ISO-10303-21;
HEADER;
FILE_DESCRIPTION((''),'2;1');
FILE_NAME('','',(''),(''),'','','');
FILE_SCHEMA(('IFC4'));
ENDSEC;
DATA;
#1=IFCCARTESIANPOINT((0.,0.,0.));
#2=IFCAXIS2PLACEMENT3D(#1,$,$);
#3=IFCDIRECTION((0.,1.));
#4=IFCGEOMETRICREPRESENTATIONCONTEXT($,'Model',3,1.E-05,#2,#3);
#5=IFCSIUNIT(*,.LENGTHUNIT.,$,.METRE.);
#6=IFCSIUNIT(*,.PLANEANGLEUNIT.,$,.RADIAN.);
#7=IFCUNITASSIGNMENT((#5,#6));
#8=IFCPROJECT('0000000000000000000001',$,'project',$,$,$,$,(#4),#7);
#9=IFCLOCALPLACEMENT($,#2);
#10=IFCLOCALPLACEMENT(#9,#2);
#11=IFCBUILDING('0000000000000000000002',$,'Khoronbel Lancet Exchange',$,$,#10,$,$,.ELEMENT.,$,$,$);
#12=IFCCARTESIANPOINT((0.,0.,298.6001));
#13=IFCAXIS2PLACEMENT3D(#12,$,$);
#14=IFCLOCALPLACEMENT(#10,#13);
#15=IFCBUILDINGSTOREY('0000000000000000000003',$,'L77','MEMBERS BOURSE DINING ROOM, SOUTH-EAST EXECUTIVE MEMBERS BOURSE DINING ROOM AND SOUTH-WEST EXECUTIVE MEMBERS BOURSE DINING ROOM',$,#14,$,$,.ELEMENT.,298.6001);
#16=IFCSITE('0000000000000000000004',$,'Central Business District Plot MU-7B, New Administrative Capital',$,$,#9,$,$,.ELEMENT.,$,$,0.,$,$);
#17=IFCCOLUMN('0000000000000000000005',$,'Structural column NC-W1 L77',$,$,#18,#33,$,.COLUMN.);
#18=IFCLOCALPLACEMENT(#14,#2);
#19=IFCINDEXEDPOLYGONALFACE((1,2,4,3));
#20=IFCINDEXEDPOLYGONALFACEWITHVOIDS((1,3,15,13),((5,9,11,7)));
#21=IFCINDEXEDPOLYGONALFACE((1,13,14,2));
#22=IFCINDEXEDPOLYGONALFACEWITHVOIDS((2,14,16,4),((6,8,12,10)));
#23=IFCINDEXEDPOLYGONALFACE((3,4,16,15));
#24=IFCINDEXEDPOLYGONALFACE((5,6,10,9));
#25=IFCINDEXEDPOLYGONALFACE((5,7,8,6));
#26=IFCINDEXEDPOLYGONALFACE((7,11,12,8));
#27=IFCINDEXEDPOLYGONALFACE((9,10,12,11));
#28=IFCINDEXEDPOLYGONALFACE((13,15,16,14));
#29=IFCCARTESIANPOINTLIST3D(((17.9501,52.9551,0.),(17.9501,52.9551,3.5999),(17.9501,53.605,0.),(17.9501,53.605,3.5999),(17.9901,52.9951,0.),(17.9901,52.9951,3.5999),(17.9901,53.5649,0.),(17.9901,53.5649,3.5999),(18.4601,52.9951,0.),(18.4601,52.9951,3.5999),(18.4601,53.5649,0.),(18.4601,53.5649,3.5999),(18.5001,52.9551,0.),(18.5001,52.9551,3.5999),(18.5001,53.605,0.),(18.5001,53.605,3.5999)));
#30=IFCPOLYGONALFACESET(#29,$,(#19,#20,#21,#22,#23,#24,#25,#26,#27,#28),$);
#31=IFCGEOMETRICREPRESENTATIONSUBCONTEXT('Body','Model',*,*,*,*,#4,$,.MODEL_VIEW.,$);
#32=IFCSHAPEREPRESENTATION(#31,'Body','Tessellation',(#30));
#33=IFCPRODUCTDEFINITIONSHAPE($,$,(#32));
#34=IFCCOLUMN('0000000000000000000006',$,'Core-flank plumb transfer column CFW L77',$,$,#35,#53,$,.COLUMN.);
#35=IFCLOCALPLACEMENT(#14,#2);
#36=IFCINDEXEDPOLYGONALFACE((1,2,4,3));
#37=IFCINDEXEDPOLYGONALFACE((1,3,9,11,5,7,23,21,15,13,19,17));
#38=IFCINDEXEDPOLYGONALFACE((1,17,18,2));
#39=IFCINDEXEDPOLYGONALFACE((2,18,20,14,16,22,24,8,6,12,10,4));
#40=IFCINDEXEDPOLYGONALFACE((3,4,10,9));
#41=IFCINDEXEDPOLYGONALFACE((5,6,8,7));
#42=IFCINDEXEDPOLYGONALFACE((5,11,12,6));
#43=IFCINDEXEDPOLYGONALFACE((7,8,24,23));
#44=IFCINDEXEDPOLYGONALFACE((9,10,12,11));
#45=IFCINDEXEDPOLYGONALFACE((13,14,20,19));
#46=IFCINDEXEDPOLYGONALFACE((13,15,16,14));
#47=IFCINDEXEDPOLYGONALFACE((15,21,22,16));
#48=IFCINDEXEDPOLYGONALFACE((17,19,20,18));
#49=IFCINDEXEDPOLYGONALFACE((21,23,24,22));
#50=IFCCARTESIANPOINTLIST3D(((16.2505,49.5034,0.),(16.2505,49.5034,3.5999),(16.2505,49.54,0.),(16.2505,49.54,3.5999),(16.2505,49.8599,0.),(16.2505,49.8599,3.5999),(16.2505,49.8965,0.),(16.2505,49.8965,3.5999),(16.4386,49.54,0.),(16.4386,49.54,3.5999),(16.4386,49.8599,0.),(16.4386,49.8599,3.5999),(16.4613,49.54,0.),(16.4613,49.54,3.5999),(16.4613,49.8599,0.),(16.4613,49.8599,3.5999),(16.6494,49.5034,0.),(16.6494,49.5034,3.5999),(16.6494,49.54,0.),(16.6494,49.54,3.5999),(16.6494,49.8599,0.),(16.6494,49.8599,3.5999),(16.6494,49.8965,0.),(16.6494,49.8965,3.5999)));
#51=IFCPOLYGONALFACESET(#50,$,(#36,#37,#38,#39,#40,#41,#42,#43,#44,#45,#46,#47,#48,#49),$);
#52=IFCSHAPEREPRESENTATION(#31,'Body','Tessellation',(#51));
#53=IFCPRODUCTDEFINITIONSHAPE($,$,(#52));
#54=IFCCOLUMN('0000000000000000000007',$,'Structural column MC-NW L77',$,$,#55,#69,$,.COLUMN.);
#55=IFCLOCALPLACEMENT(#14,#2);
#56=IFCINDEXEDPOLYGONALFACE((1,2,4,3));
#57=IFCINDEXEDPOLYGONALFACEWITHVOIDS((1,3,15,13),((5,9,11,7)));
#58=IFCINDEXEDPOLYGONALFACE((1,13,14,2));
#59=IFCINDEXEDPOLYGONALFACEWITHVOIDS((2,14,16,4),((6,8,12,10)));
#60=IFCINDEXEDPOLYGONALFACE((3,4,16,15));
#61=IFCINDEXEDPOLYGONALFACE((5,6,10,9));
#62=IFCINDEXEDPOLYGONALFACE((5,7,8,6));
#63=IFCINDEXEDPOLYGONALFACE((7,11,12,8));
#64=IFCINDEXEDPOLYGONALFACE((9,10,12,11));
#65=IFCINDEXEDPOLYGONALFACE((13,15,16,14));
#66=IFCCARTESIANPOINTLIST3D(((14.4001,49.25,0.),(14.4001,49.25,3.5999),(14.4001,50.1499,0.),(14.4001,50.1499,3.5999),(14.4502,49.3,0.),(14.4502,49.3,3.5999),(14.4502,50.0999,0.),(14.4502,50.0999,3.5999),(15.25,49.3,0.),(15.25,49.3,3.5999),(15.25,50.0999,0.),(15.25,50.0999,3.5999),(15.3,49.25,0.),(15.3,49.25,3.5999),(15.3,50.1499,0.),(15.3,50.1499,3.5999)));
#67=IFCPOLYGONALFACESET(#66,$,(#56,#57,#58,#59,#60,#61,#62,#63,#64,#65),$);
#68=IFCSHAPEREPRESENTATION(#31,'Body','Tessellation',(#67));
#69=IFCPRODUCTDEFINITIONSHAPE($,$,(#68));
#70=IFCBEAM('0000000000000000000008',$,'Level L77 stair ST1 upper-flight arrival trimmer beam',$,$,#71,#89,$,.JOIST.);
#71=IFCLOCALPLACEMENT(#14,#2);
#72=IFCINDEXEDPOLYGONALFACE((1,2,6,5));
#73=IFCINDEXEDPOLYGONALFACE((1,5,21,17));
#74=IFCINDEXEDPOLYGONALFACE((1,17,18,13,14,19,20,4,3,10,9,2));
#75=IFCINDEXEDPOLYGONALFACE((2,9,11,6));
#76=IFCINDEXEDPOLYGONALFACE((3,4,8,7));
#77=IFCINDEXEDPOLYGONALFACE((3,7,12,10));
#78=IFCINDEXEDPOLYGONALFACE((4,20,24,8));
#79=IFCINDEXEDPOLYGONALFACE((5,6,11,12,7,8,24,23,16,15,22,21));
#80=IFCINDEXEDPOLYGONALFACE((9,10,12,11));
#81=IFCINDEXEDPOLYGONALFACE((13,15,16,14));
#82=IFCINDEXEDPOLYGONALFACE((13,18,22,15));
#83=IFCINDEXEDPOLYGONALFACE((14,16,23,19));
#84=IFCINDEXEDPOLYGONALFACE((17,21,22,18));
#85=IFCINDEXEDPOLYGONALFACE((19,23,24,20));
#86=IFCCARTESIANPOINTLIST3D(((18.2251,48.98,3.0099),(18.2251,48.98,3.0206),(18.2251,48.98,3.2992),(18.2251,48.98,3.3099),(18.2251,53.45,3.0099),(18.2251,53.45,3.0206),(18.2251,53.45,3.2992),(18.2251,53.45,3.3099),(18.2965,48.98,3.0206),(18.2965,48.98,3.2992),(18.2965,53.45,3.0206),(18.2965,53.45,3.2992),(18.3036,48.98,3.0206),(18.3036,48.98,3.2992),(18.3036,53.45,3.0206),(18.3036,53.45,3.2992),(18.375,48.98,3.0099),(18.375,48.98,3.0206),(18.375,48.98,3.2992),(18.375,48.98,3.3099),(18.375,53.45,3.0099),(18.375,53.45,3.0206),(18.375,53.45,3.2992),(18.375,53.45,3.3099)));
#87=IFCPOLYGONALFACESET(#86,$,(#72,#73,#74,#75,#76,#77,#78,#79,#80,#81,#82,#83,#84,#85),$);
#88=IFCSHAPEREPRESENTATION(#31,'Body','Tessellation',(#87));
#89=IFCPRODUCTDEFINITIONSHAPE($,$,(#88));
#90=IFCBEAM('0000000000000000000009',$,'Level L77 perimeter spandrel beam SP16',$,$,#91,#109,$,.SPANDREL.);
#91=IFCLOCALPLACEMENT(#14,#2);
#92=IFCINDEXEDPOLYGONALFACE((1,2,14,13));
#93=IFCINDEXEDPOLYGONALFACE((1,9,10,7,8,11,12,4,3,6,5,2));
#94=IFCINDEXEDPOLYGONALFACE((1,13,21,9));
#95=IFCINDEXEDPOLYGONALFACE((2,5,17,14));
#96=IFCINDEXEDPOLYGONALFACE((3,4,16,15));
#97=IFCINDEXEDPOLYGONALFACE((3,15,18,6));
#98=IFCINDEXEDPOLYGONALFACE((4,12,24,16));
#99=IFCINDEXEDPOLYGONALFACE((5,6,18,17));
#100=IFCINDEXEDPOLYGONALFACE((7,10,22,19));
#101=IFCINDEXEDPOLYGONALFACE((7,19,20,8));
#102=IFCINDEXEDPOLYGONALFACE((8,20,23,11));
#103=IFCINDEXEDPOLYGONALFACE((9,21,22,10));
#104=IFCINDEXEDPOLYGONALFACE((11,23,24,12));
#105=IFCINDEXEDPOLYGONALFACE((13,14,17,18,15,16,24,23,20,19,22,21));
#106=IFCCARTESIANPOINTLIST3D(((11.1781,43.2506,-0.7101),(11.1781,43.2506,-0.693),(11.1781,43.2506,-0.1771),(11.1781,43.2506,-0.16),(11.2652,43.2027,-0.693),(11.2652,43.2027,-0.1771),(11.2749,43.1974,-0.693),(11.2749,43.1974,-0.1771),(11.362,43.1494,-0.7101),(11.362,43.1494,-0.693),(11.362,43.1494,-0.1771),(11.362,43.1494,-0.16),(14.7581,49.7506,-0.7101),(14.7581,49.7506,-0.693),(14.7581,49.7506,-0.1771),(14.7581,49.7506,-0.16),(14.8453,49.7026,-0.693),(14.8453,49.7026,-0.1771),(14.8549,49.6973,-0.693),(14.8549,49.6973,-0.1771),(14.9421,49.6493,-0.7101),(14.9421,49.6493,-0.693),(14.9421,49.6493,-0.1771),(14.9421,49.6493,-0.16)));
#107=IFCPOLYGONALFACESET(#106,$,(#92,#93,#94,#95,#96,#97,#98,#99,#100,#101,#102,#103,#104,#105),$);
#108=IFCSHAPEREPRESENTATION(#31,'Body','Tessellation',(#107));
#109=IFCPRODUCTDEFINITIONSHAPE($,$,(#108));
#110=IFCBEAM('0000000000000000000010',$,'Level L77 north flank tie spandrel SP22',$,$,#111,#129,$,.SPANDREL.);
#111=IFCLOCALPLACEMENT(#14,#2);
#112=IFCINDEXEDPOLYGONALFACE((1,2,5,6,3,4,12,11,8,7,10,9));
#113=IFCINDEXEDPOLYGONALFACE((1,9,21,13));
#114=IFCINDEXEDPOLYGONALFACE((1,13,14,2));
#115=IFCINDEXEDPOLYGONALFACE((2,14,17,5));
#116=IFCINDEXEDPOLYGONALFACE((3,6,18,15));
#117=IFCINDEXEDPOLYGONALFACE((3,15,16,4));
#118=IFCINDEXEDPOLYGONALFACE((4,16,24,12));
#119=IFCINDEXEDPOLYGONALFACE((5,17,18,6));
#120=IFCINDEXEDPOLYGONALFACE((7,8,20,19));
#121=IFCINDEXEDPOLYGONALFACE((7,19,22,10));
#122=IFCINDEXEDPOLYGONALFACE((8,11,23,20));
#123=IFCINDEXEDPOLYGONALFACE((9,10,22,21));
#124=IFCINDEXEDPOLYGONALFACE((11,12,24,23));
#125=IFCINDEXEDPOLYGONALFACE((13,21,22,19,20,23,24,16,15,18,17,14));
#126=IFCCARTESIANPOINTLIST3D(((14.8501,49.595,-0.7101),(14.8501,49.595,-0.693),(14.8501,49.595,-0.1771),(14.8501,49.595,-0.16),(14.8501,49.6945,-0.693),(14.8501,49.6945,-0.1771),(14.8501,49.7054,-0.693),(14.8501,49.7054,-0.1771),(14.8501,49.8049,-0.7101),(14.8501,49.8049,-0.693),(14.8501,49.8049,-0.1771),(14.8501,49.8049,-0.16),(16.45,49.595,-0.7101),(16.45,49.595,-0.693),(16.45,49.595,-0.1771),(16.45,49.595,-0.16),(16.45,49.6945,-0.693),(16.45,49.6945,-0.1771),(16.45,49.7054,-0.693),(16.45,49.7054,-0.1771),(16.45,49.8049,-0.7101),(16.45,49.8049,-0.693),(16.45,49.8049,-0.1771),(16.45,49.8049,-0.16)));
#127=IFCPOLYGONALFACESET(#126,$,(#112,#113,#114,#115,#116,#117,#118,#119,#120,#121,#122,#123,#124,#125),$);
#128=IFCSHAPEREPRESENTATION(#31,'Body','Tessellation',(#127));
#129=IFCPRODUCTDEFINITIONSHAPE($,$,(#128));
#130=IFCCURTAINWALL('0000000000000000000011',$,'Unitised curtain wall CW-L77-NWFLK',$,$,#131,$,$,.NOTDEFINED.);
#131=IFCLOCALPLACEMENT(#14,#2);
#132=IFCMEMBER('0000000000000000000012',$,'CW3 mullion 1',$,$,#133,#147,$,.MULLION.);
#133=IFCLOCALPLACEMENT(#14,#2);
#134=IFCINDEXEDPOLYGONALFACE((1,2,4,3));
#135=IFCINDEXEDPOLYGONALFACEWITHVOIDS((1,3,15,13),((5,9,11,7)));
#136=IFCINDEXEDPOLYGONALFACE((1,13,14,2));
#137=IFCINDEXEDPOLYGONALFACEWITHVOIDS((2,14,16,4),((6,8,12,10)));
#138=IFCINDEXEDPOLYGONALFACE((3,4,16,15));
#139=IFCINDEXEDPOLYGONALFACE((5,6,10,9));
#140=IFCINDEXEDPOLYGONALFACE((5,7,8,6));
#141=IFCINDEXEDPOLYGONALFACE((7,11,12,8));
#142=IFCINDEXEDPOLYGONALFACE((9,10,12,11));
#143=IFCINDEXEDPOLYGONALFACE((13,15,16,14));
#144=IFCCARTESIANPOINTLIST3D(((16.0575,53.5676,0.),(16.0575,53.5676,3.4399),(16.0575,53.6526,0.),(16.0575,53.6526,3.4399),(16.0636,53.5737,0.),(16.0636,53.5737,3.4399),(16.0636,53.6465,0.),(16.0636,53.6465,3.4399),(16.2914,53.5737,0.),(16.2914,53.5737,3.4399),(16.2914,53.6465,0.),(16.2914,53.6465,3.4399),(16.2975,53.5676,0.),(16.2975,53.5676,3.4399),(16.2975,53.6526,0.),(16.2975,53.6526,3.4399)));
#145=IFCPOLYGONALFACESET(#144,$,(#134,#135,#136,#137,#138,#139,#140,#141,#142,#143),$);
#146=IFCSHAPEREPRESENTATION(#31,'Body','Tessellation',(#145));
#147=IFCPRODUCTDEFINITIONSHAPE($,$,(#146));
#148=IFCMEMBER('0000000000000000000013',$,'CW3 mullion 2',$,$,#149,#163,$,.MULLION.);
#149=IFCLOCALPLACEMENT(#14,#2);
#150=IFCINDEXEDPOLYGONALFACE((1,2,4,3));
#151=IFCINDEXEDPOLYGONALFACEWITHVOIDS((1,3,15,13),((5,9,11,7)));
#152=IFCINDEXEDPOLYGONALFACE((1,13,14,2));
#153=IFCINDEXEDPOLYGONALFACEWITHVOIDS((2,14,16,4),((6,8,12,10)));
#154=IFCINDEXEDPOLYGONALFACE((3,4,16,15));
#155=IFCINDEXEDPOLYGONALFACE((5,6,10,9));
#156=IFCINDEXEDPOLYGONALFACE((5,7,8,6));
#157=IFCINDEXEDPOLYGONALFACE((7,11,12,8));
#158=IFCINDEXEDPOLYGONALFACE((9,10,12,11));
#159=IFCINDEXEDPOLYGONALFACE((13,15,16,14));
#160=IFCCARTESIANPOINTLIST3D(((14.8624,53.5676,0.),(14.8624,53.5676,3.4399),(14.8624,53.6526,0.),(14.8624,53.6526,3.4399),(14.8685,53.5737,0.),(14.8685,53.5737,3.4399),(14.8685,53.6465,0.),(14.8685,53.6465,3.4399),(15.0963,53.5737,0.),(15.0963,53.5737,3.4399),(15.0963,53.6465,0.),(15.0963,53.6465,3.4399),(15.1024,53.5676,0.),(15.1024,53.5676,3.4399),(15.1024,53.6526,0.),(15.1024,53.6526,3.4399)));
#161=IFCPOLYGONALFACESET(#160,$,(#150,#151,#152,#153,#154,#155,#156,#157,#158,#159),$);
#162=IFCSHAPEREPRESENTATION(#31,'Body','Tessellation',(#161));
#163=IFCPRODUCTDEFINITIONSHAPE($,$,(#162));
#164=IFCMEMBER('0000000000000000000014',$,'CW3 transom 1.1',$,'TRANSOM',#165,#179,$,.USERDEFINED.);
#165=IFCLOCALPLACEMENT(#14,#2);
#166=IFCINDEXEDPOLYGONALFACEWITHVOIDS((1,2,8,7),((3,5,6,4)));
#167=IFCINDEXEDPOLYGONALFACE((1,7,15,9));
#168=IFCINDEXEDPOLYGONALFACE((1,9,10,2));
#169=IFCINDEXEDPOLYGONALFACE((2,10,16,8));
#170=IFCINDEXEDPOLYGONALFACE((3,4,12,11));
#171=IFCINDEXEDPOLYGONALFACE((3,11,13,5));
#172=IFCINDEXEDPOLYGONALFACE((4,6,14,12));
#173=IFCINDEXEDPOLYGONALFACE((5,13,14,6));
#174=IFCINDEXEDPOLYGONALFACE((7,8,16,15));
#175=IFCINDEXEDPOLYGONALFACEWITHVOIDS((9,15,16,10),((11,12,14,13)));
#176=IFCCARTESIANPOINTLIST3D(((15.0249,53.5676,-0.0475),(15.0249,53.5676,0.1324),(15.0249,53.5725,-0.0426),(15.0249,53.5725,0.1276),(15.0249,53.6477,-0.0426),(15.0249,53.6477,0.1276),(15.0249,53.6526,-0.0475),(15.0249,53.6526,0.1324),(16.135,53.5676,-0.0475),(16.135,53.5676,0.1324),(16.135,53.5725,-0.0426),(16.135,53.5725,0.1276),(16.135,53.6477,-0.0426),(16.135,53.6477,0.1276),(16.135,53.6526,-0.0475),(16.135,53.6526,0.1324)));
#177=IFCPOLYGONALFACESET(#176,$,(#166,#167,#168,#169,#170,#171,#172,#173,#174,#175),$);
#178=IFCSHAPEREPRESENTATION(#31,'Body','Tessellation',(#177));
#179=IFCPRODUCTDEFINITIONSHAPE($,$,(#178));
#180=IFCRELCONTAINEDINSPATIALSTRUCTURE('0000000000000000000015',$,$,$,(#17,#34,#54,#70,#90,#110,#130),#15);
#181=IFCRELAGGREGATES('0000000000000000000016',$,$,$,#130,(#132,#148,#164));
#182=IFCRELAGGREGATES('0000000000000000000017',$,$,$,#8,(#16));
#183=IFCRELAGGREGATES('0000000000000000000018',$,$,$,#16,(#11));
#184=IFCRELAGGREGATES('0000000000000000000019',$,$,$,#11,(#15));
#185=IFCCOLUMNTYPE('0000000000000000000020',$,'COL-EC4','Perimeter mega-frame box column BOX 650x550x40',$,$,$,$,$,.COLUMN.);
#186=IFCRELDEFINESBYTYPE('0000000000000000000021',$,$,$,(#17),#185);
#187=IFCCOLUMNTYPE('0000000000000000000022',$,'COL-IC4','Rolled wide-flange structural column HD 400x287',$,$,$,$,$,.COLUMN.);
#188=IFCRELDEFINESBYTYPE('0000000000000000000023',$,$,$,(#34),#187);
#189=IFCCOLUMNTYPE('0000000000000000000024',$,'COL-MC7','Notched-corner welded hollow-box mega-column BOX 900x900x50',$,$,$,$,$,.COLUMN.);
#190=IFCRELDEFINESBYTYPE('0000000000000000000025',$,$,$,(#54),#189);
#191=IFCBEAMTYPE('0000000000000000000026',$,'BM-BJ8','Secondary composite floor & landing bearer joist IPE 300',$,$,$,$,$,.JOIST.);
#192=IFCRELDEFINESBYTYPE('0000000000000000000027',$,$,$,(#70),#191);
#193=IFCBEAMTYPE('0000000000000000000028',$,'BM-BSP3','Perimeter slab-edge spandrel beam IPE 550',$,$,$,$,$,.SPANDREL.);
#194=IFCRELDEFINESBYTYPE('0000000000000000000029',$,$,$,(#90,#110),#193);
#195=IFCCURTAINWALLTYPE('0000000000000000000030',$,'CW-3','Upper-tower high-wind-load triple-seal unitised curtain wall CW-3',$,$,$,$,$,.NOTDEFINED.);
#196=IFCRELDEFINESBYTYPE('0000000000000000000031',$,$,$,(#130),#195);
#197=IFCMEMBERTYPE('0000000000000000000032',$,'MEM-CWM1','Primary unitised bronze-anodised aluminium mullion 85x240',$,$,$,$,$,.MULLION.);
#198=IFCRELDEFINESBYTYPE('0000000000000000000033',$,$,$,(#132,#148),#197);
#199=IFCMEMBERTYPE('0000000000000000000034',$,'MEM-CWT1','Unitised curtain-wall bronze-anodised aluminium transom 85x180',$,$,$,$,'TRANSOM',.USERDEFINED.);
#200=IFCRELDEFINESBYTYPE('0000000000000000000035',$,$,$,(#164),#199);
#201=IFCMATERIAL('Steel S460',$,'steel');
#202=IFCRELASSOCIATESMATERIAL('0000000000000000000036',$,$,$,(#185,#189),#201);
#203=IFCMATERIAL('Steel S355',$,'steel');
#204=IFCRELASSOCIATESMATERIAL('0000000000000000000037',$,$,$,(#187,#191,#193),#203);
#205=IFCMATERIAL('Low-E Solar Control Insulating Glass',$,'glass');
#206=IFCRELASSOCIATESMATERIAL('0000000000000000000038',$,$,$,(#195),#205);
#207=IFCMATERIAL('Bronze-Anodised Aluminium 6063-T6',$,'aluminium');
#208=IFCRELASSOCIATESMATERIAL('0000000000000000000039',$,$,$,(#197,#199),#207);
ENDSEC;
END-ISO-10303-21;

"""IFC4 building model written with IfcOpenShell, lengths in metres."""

from ifc_helpers import new_model, si_unit, direction, frame, origin, origin_2d, place, context, subcontext, project, spatial, hollow_rectangle, i_section, extrude, material, material_profile, profile_set, type_object, element, aggregate, save


model = new_model("IFC4")

# Units and contexts
model_context = context("Model", 3, precision=1e-05, world=origin(), true_north=direction((0.0, 1.0)))
body_context = subcontext(model_context, "Body", "Model", "MODEL_VIEW")
ifc_project = project(units=[si_unit("LENGTHUNIT", "METRE"), si_unit("PLANEANGLEUNIT", "RADIAN")], contexts=[model_context])

# Site, building, storey
site_placement = place(None, origin())
site = spatial("IfcSite", under=ifc_project, at=site_placement, Name="Central Business District Plot MU-7B, New Administrative Capital", CompositionType="ELEMENT", RefElevation=0.0)
building_placement = place(site_placement, origin())
building = spatial("IfcBuilding", under=site, at=building_placement, Name="Khoronbel Lancet Exchange", CompositionType="ELEMENT")
storey_placement = place(building_placement, frame((0.0, 0.0, 298.6001)))
storey = spatial("IfcBuildingStorey", under=building, at=storey_placement, Name="L77", Description="MEMBERS BOURSE DINING ROOM, SOUTH-EAST EXECUTIVE MEMBERS BOURSE DINING ROOM AND SOUTH-WEST EXECUTIVE MEMBERS BOURSE DINING ROOM", CompositionType="ELEMENT", Elevation=298.6001)

# Columns
ifc_material_1 = material(Name="Steel S460", Category="steel")
ifc_material_profile_1 = material_profile(ifc_material_1, hollow_rectangle(XDim=0.55, YDim=0.6499, WallThickness=0.04, at=origin_2d()), Name="BOX 650x550x40")
ifc_profile_set_1 = profile_set([ifc_material_profile_1], Name="Steel S460")
column_type_1 = type_object("IfcColumnType", Name="COL-EC4", Description="Perimeter mega-frame box column BOX 650x550x40", PredefinedType="COLUMN", material=ifc_profile_set_1)
column_1_placement = place(storey_placement, frame((18.2251, 53.28, 0.0), z_axis=(0.0, 0.0, 1.0), x_axis=(1.0, 0.0, 0.0)))
element("IfcColumn", 1, at=column_1_placement, inside=storey, type_object=column_type_1, Name="Structural column NC-W1 L77", PredefinedType="COLUMN", context=body_context, shape_type="SweptSolid", body=[
    extrude(hollow_rectangle(XDim=0.55, YDim=0.6499, WallThickness=0.04, at=origin_2d()), origin(), (0.0, 0.0, 1.0), 3.5999),
])
ifc_material_2 = material(Name="Steel S355", Category="steel")
ifc_material_profile_2 = material_profile(ifc_material_2, i_section(OverallWidth=0.3989, OverallDepth=0.3931, WebThickness=0.0227, FlangeThickness=0.0366, at=origin_2d()), Name="HD 400x287")
ifc_profile_set_2 = profile_set([ifc_material_profile_2], Name="Steel S355")
column_type_2 = type_object("IfcColumnType", Name="COL-IC4", Description="Rolled wide-flange structural column HD 400x287", PredefinedType="COLUMN", material=ifc_profile_set_2)
column_2_placement = place(storey_placement, frame((16.45, 49.7, 0.0), z_axis=(0.0, 0.0, 1.0), x_axis=(1.0, 0.0, 0.0)))
element("IfcColumn", 2, at=column_2_placement, inside=storey, type_object=column_type_2, Name="Core-flank plumb transfer column CFW L77", PredefinedType="COLUMN", context=body_context, shape_type="SweptSolid", body=[
    extrude(i_section(OverallWidth=0.3989, OverallDepth=0.3931, WebThickness=0.0227, FlangeThickness=0.0366, at=origin_2d()), origin(), (0.0, 0.0, 1.0), 3.5999),
])
ifc_material_profile_3 = material_profile(ifc_material_1, hollow_rectangle(XDim=0.8999, YDim=0.8999, WallThickness=0.05, at=origin_2d()), Name="BOX 900x900x50")
ifc_profile_set_3 = profile_set([ifc_material_profile_3], Name="Steel S460")
column_type_3 = type_object("IfcColumnType", Name="COL-MC7", Description="Notched-corner welded hollow-box mega-column BOX 900x900x50", PredefinedType="COLUMN", material=ifc_profile_set_3)
column_3_placement = place(storey_placement, frame((14.8501, 49.7, 0.0), z_axis=(0.0, 0.0, 1.0), x_axis=(1.0, 0.0, 0.0)))
element("IfcColumn", 3, at=column_3_placement, inside=storey, type_object=column_type_3, Name="Structural column MC-NW L77", PredefinedType="COLUMN", context=body_context, shape_type="SweptSolid", body=[
    extrude(hollow_rectangle(XDim=0.8999, YDim=0.8999, WallThickness=0.05, at=origin_2d()), origin(), (0.0, 0.0, 1.0), 3.5999),
])

# Beams
ifc_material_profile_4 = material_profile(ifc_material_2, i_section(OverallWidth=0.1499, OverallDepth=0.3, WebThickness=0.0071, FlangeThickness=0.0107, at=origin_2d()), Name="IPE 300")
ifc_profile_set_4 = profile_set([ifc_material_profile_4], Name="Steel S355")
beam_type_1 = type_object("IfcBeamType", Name="BM-BJ8", Description="Secondary composite floor & landing bearer joist IPE 300", PredefinedType="JOIST", material=ifc_profile_set_4)
beam_1_placement = place(storey_placement, frame((18.3, 48.98, 3.1599), z_axis=(0.0, 1.0, 0.0), x_axis=(-1.0, 0.0, 0.0)))
element("IfcBeam", 4, at=beam_1_placement, inside=storey, type_object=beam_type_1, Name="Level L77 stair ST1 upper-flight arrival trimmer beam", PredefinedType="JOIST", context=body_context, shape_type="SweptSolid", body=[
    extrude(i_section(OverallWidth=0.1499, OverallDepth=0.3, WebThickness=0.0071, FlangeThickness=0.0107, at=origin_2d()), origin(), (0.0, 0.0, 1.0), 4.47),
])
ifc_material_profile_5 = material_profile(ifc_material_2, i_section(OverallWidth=0.21, OverallDepth=0.55, WebThickness=0.011, FlangeThickness=0.0171, at=origin_2d()), Name="IPE 550")
ifc_profile_set_5 = profile_set([ifc_material_profile_5], Name="Steel S355")
beam_type_2 = type_object("IfcBeamType", Name="BM-BSP3", Description="Perimeter slab-edge spandrel beam IPE 550", PredefinedType="SPANDREL", material=ifc_profile_set_5)
beam_2_placement = place(storey_placement, frame((14.8501, 49.7, -0.4351), z_axis=(-0.482444, -0.875927, 0.0), x_axis=(0.875927, -0.482444, 0.0)))
element("IfcBeam", 5, at=beam_2_placement, inside=storey, type_object=beam_type_2, Name="Level L77 perimeter spandrel beam SP16", PredefinedType="SPANDREL", context=body_context, shape_type="SweptSolid", body=[
    extrude(i_section(OverallWidth=0.21, OverallDepth=0.55, WebThickness=0.011, FlangeThickness=0.0171, at=origin_2d()), origin(), (0.0, 0.0, 1.0), 7.4207),
])
beam_3_placement = place(storey_placement, frame((14.8501, 49.7, -0.4351), z_axis=(1.0, 0.0, 0.0), x_axis=(0.0, 1.0, 0.0)))
element("IfcBeam", 6, at=beam_3_placement, inside=storey, type_object=beam_type_2, Name="Level L77 north flank tie spandrel SP22", PredefinedType="SPANDREL", context=body_context, shape_type="SweptSolid", body=[
    extrude(i_section(OverallWidth=0.21, OverallDepth=0.55, WebThickness=0.011, FlangeThickness=0.0171, at=origin_2d()), origin(), (0.0, 0.0, 1.0), 1.5999),
])

# Curtain wall, members
ifc_material_3 = material(Name="Low-E Solar Control Insulating Glass", Category="glass")
curtain_wall_type = type_object("IfcCurtainWallType", Name="CW-3", Description="Upper-tower high-wind-load triple-seal unitised curtain wall CW-3", PredefinedType="NOTDEFINED", material=ifc_material_3)
curtain_wall_placement = place(storey_placement, origin())
curtain_wall = element("IfcCurtainWall", 7, at=curtain_wall_placement, inside=storey, type_object=curtain_wall_type, Name="Unitised curtain wall CW-L77-NWFLK", PredefinedType="NOTDEFINED")
ifc_material_4 = material(Name="Bronze-Anodised Aluminium 6063-T6", Category="aluminium")
ifc_material_profile_6 = material_profile(ifc_material_4, hollow_rectangle(XDim=0.085, YDim=0.24, WallThickness=0.0061, at=origin_2d()), Name="ALU MULLION 85x240")
ifc_profile_set_6 = profile_set([ifc_material_profile_6], Name="Bronze-Anodised Aluminium 6063-T6")
member_type_1 = type_object("IfcMemberType", Name="MEM-CWM1", Description="Primary unitised bronze-anodised aluminium mullion 85x240", PredefinedType="MULLION", material=ifc_profile_set_6)
member_1_placement = place(storey_placement, frame((16.1775, 53.6101, 0.0), z_axis=(0.0, 0.0, 1.0), x_axis=(0.0, -1.0, 0.0)))
member_1 = element("IfcMember", 8, at=member_1_placement, type_object=member_type_1, Name="CW3 mullion 1", PredefinedType="MULLION", context=body_context, shape_type="SweptSolid", body=[
    extrude(hollow_rectangle(XDim=0.085, YDim=0.24, WallThickness=0.0061, at=origin_2d()), origin(), (0.0, 0.0, 1.0), 3.4399),
])
member_2_placement = place(storey_placement, frame((14.9824, 53.6101, 0.0), z_axis=(0.0, 0.0, 1.0), x_axis=(0.0, -1.0, 0.0)))
member_2 = element("IfcMember", 9, at=member_2_placement, type_object=member_type_1, Name="CW3 mullion 2", PredefinedType="MULLION", context=body_context, shape_type="SweptSolid", body=[
    extrude(hollow_rectangle(XDim=0.085, YDim=0.24, WallThickness=0.0061, at=origin_2d()), origin(), (0.0, 0.0, 1.0), 3.4399),
])
ifc_material_profile_7 = material_profile(ifc_material_4, hollow_rectangle(XDim=0.085, YDim=0.1799, WallThickness=0.0049, at=origin_2d()), Name="ALU TRANSOM 85x180")
ifc_profile_set_7 = profile_set([ifc_material_profile_7], Name="Bronze-Anodised Aluminium 6063-T6")
member_type_2 = type_object("IfcMemberType", Name="MEM-CWT1", Description="Unitised curtain-wall bronze-anodised aluminium transom 85x180", ElementType="TRANSOM", PredefinedType="USERDEFINED", material=ifc_profile_set_7)
member_3_placement = place(storey_placement, frame((16.135, 53.6101, 0.0425), z_axis=(-1.0, 0.0, 0.0), x_axis=(0.0, -1.0, 0.0)))
member_3 = element("IfcMember", 10, at=member_3_placement, type_object=member_type_2, Name="CW3 transom 1.1", ObjectType="TRANSOM", PredefinedType="USERDEFINED", context=body_context, shape_type="SweptSolid", body=[
    extrude(hollow_rectangle(XDim=0.085, YDim=0.1799, WallThickness=0.0049, at=origin_2d()), origin(), (0.0, 0.0, 1.0), 1.1101),
])
aggregate(curtain_wall, [member_1, member_2, member_3])

save(model, "model.ifc")
